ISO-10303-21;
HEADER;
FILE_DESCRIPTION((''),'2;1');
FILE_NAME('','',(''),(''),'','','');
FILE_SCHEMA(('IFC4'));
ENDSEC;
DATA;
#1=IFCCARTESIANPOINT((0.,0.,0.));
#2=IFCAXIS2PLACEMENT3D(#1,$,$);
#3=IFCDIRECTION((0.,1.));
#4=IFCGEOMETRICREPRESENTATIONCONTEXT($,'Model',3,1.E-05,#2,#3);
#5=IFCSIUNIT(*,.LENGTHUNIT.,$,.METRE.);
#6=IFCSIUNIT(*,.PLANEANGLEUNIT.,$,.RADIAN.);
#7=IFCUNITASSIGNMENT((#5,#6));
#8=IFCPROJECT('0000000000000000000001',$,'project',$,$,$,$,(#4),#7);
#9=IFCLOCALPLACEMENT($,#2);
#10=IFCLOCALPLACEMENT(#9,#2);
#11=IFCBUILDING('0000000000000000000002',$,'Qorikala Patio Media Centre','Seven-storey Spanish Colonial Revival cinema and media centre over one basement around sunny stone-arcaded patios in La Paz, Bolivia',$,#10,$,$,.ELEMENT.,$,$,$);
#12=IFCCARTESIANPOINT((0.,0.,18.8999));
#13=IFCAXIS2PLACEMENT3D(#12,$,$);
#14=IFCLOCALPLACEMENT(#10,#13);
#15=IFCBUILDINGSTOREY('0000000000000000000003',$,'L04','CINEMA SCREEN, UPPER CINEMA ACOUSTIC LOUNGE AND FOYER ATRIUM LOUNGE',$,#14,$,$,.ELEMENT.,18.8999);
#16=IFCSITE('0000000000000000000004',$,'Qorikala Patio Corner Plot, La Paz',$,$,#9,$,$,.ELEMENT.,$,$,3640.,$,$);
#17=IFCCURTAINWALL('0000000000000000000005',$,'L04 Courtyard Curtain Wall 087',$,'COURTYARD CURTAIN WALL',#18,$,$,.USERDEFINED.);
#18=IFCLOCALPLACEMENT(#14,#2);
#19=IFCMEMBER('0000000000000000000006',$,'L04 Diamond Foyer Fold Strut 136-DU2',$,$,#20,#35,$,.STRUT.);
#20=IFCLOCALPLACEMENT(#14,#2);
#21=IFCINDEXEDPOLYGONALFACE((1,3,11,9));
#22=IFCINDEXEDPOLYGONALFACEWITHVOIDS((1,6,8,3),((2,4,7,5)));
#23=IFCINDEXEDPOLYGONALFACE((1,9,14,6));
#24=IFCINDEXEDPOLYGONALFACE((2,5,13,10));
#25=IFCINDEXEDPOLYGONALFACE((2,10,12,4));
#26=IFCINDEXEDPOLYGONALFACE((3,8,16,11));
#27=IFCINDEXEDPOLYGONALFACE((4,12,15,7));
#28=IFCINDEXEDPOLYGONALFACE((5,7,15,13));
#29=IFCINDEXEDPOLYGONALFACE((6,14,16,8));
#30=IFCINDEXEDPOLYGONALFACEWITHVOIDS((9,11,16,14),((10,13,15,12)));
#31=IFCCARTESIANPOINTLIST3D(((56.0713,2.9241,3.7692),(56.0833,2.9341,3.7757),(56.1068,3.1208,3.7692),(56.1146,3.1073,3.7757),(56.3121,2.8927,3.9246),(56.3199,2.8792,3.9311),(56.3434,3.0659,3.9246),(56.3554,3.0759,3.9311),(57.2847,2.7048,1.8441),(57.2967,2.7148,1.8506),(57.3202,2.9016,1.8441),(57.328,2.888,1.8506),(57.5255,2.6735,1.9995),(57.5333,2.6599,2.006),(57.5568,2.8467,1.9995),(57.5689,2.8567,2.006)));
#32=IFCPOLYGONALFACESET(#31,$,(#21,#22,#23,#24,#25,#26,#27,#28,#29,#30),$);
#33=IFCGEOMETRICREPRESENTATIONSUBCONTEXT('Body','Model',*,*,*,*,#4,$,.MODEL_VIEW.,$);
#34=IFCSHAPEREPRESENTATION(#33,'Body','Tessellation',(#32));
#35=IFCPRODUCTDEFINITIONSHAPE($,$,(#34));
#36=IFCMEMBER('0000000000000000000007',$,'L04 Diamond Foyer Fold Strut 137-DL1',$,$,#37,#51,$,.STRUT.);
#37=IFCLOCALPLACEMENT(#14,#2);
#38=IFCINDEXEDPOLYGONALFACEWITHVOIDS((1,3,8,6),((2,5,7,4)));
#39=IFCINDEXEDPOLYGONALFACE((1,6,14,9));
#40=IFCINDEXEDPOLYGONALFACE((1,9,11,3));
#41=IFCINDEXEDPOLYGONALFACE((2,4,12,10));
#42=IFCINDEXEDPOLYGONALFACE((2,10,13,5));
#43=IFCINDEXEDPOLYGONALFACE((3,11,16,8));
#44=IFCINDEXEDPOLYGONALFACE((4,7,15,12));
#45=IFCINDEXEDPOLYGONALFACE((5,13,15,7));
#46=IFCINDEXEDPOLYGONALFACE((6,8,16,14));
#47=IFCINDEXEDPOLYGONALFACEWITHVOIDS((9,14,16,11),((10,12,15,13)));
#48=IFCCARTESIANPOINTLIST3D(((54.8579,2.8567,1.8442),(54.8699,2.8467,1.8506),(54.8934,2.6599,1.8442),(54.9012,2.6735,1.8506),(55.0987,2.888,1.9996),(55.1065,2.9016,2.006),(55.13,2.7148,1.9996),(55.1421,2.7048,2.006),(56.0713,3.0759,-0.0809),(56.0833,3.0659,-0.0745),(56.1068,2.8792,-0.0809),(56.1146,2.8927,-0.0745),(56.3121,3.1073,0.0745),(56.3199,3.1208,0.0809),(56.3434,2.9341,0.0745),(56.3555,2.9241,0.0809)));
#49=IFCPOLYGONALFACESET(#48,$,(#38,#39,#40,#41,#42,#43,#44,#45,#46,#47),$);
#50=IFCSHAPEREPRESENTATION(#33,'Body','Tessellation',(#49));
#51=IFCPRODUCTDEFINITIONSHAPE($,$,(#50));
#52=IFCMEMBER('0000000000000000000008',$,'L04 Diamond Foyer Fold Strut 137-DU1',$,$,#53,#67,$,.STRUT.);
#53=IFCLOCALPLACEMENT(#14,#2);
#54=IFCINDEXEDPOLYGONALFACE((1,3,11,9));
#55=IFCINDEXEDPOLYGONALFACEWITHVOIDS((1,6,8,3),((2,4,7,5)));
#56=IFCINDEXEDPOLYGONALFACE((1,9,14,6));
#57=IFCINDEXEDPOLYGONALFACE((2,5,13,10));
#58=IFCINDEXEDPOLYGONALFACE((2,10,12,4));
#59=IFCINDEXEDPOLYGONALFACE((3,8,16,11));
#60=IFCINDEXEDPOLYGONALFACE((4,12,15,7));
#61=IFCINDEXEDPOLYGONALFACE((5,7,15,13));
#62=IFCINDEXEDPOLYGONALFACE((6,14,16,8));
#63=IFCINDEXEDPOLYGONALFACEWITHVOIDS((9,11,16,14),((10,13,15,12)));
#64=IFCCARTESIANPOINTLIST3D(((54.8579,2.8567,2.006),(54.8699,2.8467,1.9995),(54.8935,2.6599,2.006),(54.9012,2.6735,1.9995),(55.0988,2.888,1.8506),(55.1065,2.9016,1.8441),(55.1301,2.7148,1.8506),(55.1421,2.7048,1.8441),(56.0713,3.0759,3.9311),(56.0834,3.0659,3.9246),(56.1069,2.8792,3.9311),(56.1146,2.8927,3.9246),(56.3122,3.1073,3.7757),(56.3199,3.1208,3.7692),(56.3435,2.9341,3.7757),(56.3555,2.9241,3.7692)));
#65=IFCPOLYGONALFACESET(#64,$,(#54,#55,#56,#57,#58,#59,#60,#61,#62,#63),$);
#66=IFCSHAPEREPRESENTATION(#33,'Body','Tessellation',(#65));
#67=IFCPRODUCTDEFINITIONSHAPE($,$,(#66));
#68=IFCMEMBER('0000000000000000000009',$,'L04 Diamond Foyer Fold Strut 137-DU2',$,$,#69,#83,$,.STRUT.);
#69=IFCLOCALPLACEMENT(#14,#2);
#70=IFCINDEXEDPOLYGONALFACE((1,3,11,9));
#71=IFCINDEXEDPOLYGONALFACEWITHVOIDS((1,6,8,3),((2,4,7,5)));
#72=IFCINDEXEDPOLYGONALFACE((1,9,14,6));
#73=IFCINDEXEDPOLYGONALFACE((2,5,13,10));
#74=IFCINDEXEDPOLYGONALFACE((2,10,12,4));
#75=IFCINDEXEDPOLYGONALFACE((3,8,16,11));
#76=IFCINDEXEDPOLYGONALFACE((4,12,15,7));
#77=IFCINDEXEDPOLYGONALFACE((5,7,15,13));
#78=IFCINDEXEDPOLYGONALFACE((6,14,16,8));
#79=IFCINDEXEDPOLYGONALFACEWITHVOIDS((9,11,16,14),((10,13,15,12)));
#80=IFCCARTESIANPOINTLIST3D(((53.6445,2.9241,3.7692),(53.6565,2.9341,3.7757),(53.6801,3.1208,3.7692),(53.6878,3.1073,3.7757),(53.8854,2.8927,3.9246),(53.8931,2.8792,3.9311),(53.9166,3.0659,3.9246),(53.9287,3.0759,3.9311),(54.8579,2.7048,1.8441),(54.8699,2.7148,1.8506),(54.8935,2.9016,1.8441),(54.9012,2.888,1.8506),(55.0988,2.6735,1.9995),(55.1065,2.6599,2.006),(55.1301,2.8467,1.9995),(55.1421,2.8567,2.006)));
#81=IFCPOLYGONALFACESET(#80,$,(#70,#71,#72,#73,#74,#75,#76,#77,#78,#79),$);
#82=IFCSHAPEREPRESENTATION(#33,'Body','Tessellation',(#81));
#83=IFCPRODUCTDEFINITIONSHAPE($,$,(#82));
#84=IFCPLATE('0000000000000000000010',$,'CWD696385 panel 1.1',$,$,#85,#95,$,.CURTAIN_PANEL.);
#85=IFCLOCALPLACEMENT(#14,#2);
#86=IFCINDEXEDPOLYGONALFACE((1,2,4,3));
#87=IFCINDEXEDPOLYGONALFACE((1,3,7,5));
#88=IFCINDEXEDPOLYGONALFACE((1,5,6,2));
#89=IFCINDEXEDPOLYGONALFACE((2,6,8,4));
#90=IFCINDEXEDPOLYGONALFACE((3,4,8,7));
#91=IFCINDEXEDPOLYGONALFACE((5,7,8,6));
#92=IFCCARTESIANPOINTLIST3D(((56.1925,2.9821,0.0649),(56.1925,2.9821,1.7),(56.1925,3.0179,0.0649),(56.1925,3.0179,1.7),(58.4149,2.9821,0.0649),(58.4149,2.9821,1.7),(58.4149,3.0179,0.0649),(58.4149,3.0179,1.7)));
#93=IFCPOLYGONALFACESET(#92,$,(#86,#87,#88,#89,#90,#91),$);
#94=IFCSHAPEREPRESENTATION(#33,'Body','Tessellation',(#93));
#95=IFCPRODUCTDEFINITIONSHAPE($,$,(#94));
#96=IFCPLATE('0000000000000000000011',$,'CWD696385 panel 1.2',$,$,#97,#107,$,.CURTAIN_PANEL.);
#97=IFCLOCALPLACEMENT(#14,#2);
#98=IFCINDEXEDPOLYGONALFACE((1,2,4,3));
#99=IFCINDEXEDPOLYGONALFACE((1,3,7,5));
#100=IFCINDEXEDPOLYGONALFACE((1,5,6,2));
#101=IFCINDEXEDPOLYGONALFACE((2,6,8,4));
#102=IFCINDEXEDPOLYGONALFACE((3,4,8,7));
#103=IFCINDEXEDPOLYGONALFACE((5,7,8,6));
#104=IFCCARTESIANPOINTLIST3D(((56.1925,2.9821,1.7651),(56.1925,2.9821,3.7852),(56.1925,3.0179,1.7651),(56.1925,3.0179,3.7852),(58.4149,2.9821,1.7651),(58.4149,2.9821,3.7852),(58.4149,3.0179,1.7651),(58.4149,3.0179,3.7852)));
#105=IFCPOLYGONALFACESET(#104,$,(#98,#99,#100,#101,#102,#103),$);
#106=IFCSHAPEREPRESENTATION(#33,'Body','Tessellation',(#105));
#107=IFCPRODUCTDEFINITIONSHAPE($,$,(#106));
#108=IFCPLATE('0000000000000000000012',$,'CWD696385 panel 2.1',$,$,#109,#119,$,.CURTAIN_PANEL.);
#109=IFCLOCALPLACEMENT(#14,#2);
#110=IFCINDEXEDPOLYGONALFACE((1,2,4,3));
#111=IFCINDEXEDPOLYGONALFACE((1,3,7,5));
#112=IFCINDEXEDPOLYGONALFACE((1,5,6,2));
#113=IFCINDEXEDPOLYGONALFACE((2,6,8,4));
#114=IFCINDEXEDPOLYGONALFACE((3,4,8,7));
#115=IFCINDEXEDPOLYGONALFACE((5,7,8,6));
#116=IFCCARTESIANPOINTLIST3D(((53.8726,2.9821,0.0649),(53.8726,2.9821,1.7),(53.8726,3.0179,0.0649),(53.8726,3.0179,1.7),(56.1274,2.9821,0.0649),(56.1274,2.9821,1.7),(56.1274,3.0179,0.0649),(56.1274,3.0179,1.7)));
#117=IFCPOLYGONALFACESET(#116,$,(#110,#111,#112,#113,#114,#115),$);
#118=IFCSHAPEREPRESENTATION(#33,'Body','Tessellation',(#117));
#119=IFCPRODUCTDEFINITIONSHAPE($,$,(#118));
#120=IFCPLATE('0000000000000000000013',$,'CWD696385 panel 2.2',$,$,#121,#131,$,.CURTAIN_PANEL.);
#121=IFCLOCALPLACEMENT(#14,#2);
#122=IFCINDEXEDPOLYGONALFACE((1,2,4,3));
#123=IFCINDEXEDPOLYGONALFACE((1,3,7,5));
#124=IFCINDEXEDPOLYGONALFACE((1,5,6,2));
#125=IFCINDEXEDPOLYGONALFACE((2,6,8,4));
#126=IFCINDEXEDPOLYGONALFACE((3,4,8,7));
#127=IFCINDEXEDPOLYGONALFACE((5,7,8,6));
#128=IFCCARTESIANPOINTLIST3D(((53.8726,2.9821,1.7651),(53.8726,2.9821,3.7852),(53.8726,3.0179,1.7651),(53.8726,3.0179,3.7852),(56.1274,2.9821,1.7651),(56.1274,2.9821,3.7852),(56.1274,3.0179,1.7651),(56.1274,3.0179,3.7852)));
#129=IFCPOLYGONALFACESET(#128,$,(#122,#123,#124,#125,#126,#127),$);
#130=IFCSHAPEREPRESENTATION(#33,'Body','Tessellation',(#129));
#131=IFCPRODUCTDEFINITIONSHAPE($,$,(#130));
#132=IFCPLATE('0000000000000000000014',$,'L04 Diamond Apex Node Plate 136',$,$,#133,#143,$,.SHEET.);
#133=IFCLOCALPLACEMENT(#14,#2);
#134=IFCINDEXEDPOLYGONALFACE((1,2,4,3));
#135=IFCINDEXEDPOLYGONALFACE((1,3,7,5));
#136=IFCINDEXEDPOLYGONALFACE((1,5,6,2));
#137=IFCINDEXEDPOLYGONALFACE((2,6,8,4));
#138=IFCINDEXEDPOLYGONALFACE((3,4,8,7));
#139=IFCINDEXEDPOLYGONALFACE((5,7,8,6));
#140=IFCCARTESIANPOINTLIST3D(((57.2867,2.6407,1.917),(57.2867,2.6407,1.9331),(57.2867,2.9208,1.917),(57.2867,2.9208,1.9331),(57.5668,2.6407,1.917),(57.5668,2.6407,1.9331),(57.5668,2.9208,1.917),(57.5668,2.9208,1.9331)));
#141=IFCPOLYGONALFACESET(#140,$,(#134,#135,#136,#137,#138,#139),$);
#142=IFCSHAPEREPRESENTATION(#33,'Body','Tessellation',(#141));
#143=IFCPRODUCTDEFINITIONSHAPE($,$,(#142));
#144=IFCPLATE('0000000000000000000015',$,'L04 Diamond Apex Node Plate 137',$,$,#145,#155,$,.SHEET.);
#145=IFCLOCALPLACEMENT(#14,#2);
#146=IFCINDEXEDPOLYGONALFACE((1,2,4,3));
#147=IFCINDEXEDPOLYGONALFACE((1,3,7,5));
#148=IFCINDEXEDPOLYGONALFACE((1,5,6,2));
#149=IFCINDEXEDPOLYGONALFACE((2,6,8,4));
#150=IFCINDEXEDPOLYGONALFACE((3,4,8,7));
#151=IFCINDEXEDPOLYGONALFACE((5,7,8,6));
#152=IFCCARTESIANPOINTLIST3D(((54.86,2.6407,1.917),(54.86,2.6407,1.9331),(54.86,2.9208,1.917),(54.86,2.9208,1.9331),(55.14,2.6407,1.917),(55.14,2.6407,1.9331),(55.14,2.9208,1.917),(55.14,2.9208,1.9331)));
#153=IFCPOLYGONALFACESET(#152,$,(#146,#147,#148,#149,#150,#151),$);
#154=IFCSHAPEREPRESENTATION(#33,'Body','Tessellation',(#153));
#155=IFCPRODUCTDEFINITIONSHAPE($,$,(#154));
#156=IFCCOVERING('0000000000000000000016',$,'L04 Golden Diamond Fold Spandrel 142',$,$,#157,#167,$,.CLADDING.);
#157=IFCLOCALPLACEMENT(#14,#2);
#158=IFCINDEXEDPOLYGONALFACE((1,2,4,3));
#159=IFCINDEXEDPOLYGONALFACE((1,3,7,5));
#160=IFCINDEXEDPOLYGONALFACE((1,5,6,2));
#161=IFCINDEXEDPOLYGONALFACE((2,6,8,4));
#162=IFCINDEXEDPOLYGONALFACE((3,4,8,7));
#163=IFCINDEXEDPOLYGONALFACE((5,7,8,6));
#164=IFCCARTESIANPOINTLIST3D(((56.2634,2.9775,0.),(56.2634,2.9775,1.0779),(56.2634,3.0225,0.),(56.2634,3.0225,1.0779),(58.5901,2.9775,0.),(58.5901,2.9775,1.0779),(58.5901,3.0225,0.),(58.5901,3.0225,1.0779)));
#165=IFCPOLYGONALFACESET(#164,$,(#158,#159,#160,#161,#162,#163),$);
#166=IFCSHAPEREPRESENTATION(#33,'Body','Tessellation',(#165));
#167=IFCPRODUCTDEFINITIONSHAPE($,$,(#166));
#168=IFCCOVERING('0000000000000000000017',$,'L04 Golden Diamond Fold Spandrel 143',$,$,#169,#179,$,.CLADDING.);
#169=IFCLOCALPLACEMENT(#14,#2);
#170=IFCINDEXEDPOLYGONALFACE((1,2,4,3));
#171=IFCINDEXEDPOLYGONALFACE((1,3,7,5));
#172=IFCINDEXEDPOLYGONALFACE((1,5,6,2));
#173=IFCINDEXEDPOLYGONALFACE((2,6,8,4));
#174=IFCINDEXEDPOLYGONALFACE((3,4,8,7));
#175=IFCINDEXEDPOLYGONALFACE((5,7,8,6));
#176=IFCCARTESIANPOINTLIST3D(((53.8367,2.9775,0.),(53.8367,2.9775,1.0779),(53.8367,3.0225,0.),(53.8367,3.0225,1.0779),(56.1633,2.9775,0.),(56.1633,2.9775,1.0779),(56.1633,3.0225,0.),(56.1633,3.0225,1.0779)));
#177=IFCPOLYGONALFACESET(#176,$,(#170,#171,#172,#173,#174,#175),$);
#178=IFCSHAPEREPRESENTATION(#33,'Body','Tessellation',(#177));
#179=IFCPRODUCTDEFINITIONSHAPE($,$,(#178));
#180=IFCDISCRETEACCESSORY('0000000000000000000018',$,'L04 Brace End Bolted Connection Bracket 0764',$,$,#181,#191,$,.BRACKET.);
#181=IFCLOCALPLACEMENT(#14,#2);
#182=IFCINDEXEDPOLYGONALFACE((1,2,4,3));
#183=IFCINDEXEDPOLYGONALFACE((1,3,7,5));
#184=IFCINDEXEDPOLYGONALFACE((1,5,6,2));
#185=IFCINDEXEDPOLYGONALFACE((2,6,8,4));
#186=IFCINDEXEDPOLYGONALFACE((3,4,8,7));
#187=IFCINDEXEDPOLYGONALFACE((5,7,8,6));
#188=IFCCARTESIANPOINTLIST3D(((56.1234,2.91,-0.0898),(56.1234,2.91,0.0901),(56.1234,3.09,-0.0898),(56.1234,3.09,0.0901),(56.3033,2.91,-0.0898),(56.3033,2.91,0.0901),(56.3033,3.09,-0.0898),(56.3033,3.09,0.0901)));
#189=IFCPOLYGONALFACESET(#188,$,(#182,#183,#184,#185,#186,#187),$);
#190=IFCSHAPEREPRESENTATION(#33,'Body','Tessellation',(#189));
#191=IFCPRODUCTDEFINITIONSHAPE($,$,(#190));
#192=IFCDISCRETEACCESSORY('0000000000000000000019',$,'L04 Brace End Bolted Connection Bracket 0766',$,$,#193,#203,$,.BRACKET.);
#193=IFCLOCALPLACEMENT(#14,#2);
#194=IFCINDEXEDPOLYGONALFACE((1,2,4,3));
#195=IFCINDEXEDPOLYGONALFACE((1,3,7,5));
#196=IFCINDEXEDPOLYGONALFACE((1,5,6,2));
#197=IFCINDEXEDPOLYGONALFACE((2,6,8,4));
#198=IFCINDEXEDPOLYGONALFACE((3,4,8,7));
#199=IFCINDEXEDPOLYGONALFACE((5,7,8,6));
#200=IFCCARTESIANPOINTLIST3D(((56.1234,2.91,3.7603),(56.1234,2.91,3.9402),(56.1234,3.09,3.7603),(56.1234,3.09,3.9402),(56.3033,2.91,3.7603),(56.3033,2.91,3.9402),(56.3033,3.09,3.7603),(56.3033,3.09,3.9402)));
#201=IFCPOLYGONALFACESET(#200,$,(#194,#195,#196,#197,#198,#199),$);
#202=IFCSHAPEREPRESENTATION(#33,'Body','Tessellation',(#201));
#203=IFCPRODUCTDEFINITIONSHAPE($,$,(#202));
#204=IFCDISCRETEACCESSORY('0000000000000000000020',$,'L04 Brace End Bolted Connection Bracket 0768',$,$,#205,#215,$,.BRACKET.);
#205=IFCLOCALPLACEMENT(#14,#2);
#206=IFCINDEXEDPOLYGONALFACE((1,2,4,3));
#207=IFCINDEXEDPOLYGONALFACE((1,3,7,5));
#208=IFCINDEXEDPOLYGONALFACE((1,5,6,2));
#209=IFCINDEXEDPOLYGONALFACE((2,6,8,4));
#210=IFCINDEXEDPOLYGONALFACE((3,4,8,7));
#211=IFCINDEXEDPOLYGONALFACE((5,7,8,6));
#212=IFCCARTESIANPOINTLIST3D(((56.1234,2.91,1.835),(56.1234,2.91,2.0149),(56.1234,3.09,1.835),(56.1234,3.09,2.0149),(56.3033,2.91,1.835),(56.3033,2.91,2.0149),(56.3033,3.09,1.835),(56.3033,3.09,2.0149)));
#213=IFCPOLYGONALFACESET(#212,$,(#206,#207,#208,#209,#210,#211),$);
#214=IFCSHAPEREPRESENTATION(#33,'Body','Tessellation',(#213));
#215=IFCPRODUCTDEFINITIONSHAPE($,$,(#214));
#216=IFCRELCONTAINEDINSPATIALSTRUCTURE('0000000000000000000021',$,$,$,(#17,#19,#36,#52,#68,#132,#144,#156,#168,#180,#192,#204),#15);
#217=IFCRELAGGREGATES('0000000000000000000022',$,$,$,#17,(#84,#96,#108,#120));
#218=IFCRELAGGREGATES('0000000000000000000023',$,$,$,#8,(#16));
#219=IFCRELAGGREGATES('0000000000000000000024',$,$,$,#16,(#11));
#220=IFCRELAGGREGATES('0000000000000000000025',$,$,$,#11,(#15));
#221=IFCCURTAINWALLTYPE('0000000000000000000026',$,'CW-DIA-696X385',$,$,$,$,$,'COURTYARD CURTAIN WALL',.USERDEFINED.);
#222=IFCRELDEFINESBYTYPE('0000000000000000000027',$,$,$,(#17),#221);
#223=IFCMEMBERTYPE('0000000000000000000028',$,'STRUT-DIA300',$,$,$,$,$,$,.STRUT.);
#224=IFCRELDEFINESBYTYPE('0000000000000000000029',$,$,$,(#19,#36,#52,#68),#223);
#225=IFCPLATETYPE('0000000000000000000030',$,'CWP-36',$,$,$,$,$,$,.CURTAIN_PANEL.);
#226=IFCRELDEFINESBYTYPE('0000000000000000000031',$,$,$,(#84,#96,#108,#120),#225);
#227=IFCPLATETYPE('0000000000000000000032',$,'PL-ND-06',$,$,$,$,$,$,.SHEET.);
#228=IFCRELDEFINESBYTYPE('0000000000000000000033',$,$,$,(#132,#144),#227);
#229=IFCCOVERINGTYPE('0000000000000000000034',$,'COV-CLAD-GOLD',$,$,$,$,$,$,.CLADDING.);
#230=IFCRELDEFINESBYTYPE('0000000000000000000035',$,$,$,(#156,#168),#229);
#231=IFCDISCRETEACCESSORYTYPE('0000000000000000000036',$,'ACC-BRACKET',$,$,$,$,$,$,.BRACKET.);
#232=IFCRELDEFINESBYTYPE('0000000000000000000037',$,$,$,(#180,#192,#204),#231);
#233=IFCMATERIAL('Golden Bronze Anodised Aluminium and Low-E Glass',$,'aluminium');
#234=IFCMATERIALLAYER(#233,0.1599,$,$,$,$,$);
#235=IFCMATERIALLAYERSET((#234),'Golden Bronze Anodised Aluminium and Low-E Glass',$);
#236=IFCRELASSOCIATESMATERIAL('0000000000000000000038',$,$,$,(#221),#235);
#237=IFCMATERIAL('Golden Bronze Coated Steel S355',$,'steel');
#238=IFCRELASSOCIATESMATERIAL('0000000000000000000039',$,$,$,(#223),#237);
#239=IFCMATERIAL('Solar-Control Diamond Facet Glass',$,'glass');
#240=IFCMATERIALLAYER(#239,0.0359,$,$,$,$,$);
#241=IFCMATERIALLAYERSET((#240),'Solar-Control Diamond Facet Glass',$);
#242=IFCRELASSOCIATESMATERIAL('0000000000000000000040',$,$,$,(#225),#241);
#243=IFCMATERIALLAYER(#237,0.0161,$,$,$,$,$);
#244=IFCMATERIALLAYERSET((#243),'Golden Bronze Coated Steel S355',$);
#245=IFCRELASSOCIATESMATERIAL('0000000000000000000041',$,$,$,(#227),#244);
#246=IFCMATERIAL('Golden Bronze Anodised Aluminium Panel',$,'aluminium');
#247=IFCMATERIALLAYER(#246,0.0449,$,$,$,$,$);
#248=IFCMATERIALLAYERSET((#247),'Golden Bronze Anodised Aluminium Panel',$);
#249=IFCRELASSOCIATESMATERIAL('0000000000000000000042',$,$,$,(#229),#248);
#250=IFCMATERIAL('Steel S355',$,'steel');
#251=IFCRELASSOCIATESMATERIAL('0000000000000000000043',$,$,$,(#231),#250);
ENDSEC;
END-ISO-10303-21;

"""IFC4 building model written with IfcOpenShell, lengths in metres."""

from ifc_helpers import new_model, si_unit, direction, frame, origin, origin_2d, place, context, subcontext, project, spatial, rectangle, hollow_rectangle, extrude, material, layer, layer_set, material_profile, profile_set, type_object, element, aggregate, save


model = new_model("IFC4")

# Units and contexts
model_context = context("Model", 3, precision=1e-05, world=origin(), true_north=direction((0.0, 1.0)))
body_context = subcontext(model_context, "Body", "Model", "MODEL_VIEW")
ifc_project = project(units=[si_unit("LENGTHUNIT", "METRE"), si_unit("PLANEANGLEUNIT", "RADIAN")], contexts=[model_context])

# Site, building, storey
site_placement = place(None, origin())
site = spatial("IfcSite", under=ifc_project, at=site_placement, Name="Qorikala Patio Corner Plot, La Paz", CompositionType="ELEMENT", RefElevation=3640.0)
building_placement = place(site_placement, origin())
building = spatial("IfcBuilding", under=site, at=building_placement, Name="Qorikala Patio Media Centre", Description="Seven-storey Spanish Colonial Revival cinema and media centre over one basement around sunny stone-arcaded patios in La Paz, Bolivia", CompositionType="ELEMENT")
storey_placement = place(building_placement, frame((0.0, 0.0, 18.8999)))
storey = spatial("IfcBuildingStorey", under=building, at=storey_placement, Name="L04", Description="CINEMA SCREEN, UPPER CINEMA ACOUSTIC LOUNGE AND FOYER ATRIUM LOUNGE", CompositionType="ELEMENT", Elevation=18.8999)

# Shared definitions
ifc_material_1 = material(Name="Golden Bronze Coated Steel S355", Category="steel")

# Curtain wall
ifc_material_2 = material(Name="Golden Bronze Anodised Aluminium and Low-E Glass", Category="aluminium")
ifc_layer_1 = layer(ifc_material_2, 0.1599)
ifc_layer_set_1 = layer_set([ifc_layer_1], Name="Golden Bronze Anodised Aluminium and Low-E Glass")
curtain_wall_type = type_object("IfcCurtainWallType", Name="CW-DIA-696X385", ElementType="COURTYARD CURTAIN WALL", PredefinedType="USERDEFINED", material=ifc_layer_set_1)
curtain_wall_placement = place(storey_placement, origin())
curtain_wall = element("IfcCurtainWall", 1, at=curtain_wall_placement, inside=storey, type_object=curtain_wall_type, Name="L04 Courtyard Curtain Wall 087", ObjectType="COURTYARD CURTAIN WALL", PredefinedType="USERDEFINED")

# Members
ifc_material_profile_1 = material_profile(ifc_material_1, hollow_rectangle(XDim=0.2, YDim=0.3, WallThickness=0.012, at=origin_2d()), Name="HSS300X200X12")
ifc_profile_set_1 = profile_set([ifc_material_profile_1], Name="Golden Bronze Coated Steel S355")
member_type_1 = type_object("IfcMemberType", Name="STRUT-DIA300", PredefinedType="STRUT", material=ifc_profile_set_1)
for number, where, z_axis, x_axis, name in (
    (2, (57.4268, 2.7808, 1.925), (-0.530768, 0.095901, 0.842074), (-0.177805, -0.984066, 0.0), "L04 Diamond Foyer Fold Strut 136-DU2"),
    (3, (56.2134, 3.0, 0.0), (-0.530768, -0.095901, 0.842074), (0.177805, -0.984066, 0.0), "L04 Diamond Foyer Fold Strut 137-DL1"),
    (4, (55.0, 2.7808, 1.925), (0.530768, 0.095901, 0.842074), (-0.177805, 0.984066, 0.0), "L04 Diamond Foyer Fold Strut 137-DU1"),
    (5, (55.0, 2.7808, 1.925), (-0.530768, 0.095901, 0.842074), (-0.177805, -0.984066, 0.0), "L04 Diamond Foyer Fold Strut 137-DU2"),
):
    element("IfcMember", number, at=place(storey_placement, frame(where, z_axis=z_axis, x_axis=x_axis)), inside=storey, type_object=member_type_1, Name=name, PredefinedType="STRUT", context=body_context, shape_type="SweptSolid", body=[
        extrude(hollow_rectangle(XDim=0.2, YDim=0.3, WallThickness=0.012, at=origin_2d()), origin(), (0.0, 0.0, 1.0), 2.2861),
    ])

# Plates
ifc_material_3 = material(Name="Solar-Control Diamond Facet Glass", Category="glass")
ifc_layer_2 = layer(ifc_material_3, 0.0359)
ifc_layer_set_2 = layer_set([ifc_layer_2], Name="Solar-Control Diamond Facet Glass")
plate_type_1 = type_object("IfcPlateType", Name="CWP-36", PredefinedType="CURTAIN_PANEL", material=ifc_layer_set_2)
plate_1_placement = place(storey_placement, frame((57.3037, 3.0, 0.0649), z_axis=(0.0, 0.0, 1.0), x_axis=(-1.0, 0.0, 0.0)))
plate_1 = element("IfcPlate", 6, at=plate_1_placement, type_object=plate_type_1, Name="CWD696385 panel 1.1", PredefinedType="CURTAIN_PANEL", context=body_context, shape_type="SweptSolid", body=[
    extrude(rectangle(XDim=2.2224, YDim=0.0359, at=origin_2d()), origin(), (0.0, 0.0, 1.0), 1.635),
])
plate_2_placement = place(storey_placement, frame((57.3037, 3.0, 1.7651), z_axis=(0.0, 0.0, 1.0), x_axis=(-1.0, 0.0, 0.0)))
plate_2 = element("IfcPlate", 7, at=plate_2_placement, type_object=plate_type_1, Name="CWD696385 panel 1.2", PredefinedType="CURTAIN_PANEL", context=body_context, shape_type="SweptSolid", body=[
    extrude(rectangle(XDim=2.2224, YDim=0.0359, at=origin_2d()), origin(), (0.0, 0.0, 1.0), 2.02),
])
plate_3_placement = place(storey_placement, frame((55.0, 3.0, 0.0649), z_axis=(0.0, 0.0, 1.0), x_axis=(-1.0, 0.0, 0.0)))
plate_3 = element("IfcPlate", 8, at=plate_3_placement, type_object=plate_type_1, Name="CWD696385 panel 2.1", PredefinedType="CURTAIN_PANEL", context=body_context, shape_type="SweptSolid", body=[
    extrude(rectangle(XDim=2.2549, YDim=0.0359, at=origin_2d()), origin(), (0.0, 0.0, 1.0), 1.635),
])
plate_4_placement = place(storey_placement, frame((55.0, 3.0, 1.7651), z_axis=(0.0, 0.0, 1.0), x_axis=(-1.0, 0.0, 0.0)))
plate_4 = element("IfcPlate", 9, at=plate_4_placement, type_object=plate_type_1, Name="CWD696385 panel 2.2", PredefinedType="CURTAIN_PANEL", context=body_context, shape_type="SweptSolid", body=[
    extrude(rectangle(XDim=2.2549, YDim=0.0359, at=origin_2d()), origin(), (0.0, 0.0, 1.0), 2.02),
])
aggregate(curtain_wall, [plate_1, plate_2, plate_3, plate_4])

# Plates
ifc_layer_3 = layer(ifc_material_1, 0.0161)
ifc_layer_set_3 = layer_set([ifc_layer_3], Name="Golden Bronze Coated Steel S355")
plate_type_2 = type_object("IfcPlateType", Name="PL-ND-06", PredefinedType="SHEET", material=ifc_layer_set_3)
for number, where, z_axis, x_axis, name in (
    (10, (57.4268, 2.7808, 1.917), (0.0, 0.0, 1.0), (-1.0, 0.0, 0.0), "L04 Diamond Apex Node Plate 136"),
    (11, (55.0, 2.7808, 1.917), (0.0, 0.0, 1.0), (-1.0, 0.0, 0.0), "L04 Diamond Apex Node Plate 137"),
):
    element("IfcPlate", number, at=place(storey_placement, frame(where, z_axis=z_axis, x_axis=x_axis)), inside=storey, type_object=plate_type_2, Name=name, PredefinedType="SHEET", context=body_context, shape_type="SweptSolid", body=[
        extrude(rectangle(XDim=0.28, YDim=0.28, at=origin_2d()), origin(), (0.0, 0.0, 1.0), 0.0161),
    ])

# Coverings
ifc_material_4 = material(Name="Golden Bronze Anodised Aluminium Panel", Category="aluminium")
ifc_layer_4 = layer(ifc_material_4, 0.0449)
ifc_layer_set_4 = layer_set([ifc_layer_4], Name="Golden Bronze Anodised Aluminium Panel")
covering_type = type_object("IfcCoveringType", Name="COV-CLAD-GOLD", PredefinedType="CLADDING", material=ifc_layer_set_4)
for number, where, z_axis, x_axis, name in (
    (12, (57.4268, 3.0, 0.0), (0.0, 0.0, 1.0), (-1.0, 0.0, 0.0), "L04 Golden Diamond Fold Spandrel 142"),
    (13, (55.0, 3.0, 0.0), (0.0, 0.0, 1.0), (-1.0, 0.0, 0.0), "L04 Golden Diamond Fold Spandrel 143"),
):
    element("IfcCovering", number, at=place(storey_placement, frame(where, z_axis=z_axis, x_axis=x_axis)), inside=storey, type_object=covering_type, Name=name, PredefinedType="CLADDING", context=body_context, shape_type="SweptSolid", body=[
        extrude(rectangle(XDim=2.3267, YDim=0.0449, at=origin_2d()), origin(), (0.0, 0.0, 1.0), 1.0779),
    ])

# Discrete accessories
ifc_material_5 = material(Name="Steel S355", Category="steel")
discrete_accessory_type = type_object("IfcDiscreteAccessoryType", Name="ACC-BRACKET", PredefinedType="BRACKET", material=ifc_material_5)
for number, where, z_axis, x_axis, name in (
    (14, (56.2134, 3.0, -0.0898), (0.0, 0.0, 1.0), (1.0, 0.0, 0.0), "L04 Brace End Bolted Connection Bracket 0764"),
    (15, (56.2134, 3.0, 3.7603), (0.0, 0.0, 1.0), (1.0, 0.0, 0.0), "L04 Brace End Bolted Connection Bracket 0766"),
    (16, (56.2134, 3.0, 1.835), (0.0, 0.0, 1.0), (1.0, 0.0, 0.0), "L04 Brace End Bolted Connection Bracket 0768"),
):
    element("IfcDiscreteAccessory", number, at=place(storey_placement, frame(where, z_axis=z_axis, x_axis=x_axis)), inside=storey, type_object=discrete_accessory_type, Name=name, PredefinedType="BRACKET", context=body_context, shape_type="SweptSolid", body=[
        extrude(rectangle(XDim=0.1799, YDim=0.1799, at=origin_2d()), origin(), (0.0, 0.0, 1.0), 0.1799),
    ])

save(model, "model.ifc")
